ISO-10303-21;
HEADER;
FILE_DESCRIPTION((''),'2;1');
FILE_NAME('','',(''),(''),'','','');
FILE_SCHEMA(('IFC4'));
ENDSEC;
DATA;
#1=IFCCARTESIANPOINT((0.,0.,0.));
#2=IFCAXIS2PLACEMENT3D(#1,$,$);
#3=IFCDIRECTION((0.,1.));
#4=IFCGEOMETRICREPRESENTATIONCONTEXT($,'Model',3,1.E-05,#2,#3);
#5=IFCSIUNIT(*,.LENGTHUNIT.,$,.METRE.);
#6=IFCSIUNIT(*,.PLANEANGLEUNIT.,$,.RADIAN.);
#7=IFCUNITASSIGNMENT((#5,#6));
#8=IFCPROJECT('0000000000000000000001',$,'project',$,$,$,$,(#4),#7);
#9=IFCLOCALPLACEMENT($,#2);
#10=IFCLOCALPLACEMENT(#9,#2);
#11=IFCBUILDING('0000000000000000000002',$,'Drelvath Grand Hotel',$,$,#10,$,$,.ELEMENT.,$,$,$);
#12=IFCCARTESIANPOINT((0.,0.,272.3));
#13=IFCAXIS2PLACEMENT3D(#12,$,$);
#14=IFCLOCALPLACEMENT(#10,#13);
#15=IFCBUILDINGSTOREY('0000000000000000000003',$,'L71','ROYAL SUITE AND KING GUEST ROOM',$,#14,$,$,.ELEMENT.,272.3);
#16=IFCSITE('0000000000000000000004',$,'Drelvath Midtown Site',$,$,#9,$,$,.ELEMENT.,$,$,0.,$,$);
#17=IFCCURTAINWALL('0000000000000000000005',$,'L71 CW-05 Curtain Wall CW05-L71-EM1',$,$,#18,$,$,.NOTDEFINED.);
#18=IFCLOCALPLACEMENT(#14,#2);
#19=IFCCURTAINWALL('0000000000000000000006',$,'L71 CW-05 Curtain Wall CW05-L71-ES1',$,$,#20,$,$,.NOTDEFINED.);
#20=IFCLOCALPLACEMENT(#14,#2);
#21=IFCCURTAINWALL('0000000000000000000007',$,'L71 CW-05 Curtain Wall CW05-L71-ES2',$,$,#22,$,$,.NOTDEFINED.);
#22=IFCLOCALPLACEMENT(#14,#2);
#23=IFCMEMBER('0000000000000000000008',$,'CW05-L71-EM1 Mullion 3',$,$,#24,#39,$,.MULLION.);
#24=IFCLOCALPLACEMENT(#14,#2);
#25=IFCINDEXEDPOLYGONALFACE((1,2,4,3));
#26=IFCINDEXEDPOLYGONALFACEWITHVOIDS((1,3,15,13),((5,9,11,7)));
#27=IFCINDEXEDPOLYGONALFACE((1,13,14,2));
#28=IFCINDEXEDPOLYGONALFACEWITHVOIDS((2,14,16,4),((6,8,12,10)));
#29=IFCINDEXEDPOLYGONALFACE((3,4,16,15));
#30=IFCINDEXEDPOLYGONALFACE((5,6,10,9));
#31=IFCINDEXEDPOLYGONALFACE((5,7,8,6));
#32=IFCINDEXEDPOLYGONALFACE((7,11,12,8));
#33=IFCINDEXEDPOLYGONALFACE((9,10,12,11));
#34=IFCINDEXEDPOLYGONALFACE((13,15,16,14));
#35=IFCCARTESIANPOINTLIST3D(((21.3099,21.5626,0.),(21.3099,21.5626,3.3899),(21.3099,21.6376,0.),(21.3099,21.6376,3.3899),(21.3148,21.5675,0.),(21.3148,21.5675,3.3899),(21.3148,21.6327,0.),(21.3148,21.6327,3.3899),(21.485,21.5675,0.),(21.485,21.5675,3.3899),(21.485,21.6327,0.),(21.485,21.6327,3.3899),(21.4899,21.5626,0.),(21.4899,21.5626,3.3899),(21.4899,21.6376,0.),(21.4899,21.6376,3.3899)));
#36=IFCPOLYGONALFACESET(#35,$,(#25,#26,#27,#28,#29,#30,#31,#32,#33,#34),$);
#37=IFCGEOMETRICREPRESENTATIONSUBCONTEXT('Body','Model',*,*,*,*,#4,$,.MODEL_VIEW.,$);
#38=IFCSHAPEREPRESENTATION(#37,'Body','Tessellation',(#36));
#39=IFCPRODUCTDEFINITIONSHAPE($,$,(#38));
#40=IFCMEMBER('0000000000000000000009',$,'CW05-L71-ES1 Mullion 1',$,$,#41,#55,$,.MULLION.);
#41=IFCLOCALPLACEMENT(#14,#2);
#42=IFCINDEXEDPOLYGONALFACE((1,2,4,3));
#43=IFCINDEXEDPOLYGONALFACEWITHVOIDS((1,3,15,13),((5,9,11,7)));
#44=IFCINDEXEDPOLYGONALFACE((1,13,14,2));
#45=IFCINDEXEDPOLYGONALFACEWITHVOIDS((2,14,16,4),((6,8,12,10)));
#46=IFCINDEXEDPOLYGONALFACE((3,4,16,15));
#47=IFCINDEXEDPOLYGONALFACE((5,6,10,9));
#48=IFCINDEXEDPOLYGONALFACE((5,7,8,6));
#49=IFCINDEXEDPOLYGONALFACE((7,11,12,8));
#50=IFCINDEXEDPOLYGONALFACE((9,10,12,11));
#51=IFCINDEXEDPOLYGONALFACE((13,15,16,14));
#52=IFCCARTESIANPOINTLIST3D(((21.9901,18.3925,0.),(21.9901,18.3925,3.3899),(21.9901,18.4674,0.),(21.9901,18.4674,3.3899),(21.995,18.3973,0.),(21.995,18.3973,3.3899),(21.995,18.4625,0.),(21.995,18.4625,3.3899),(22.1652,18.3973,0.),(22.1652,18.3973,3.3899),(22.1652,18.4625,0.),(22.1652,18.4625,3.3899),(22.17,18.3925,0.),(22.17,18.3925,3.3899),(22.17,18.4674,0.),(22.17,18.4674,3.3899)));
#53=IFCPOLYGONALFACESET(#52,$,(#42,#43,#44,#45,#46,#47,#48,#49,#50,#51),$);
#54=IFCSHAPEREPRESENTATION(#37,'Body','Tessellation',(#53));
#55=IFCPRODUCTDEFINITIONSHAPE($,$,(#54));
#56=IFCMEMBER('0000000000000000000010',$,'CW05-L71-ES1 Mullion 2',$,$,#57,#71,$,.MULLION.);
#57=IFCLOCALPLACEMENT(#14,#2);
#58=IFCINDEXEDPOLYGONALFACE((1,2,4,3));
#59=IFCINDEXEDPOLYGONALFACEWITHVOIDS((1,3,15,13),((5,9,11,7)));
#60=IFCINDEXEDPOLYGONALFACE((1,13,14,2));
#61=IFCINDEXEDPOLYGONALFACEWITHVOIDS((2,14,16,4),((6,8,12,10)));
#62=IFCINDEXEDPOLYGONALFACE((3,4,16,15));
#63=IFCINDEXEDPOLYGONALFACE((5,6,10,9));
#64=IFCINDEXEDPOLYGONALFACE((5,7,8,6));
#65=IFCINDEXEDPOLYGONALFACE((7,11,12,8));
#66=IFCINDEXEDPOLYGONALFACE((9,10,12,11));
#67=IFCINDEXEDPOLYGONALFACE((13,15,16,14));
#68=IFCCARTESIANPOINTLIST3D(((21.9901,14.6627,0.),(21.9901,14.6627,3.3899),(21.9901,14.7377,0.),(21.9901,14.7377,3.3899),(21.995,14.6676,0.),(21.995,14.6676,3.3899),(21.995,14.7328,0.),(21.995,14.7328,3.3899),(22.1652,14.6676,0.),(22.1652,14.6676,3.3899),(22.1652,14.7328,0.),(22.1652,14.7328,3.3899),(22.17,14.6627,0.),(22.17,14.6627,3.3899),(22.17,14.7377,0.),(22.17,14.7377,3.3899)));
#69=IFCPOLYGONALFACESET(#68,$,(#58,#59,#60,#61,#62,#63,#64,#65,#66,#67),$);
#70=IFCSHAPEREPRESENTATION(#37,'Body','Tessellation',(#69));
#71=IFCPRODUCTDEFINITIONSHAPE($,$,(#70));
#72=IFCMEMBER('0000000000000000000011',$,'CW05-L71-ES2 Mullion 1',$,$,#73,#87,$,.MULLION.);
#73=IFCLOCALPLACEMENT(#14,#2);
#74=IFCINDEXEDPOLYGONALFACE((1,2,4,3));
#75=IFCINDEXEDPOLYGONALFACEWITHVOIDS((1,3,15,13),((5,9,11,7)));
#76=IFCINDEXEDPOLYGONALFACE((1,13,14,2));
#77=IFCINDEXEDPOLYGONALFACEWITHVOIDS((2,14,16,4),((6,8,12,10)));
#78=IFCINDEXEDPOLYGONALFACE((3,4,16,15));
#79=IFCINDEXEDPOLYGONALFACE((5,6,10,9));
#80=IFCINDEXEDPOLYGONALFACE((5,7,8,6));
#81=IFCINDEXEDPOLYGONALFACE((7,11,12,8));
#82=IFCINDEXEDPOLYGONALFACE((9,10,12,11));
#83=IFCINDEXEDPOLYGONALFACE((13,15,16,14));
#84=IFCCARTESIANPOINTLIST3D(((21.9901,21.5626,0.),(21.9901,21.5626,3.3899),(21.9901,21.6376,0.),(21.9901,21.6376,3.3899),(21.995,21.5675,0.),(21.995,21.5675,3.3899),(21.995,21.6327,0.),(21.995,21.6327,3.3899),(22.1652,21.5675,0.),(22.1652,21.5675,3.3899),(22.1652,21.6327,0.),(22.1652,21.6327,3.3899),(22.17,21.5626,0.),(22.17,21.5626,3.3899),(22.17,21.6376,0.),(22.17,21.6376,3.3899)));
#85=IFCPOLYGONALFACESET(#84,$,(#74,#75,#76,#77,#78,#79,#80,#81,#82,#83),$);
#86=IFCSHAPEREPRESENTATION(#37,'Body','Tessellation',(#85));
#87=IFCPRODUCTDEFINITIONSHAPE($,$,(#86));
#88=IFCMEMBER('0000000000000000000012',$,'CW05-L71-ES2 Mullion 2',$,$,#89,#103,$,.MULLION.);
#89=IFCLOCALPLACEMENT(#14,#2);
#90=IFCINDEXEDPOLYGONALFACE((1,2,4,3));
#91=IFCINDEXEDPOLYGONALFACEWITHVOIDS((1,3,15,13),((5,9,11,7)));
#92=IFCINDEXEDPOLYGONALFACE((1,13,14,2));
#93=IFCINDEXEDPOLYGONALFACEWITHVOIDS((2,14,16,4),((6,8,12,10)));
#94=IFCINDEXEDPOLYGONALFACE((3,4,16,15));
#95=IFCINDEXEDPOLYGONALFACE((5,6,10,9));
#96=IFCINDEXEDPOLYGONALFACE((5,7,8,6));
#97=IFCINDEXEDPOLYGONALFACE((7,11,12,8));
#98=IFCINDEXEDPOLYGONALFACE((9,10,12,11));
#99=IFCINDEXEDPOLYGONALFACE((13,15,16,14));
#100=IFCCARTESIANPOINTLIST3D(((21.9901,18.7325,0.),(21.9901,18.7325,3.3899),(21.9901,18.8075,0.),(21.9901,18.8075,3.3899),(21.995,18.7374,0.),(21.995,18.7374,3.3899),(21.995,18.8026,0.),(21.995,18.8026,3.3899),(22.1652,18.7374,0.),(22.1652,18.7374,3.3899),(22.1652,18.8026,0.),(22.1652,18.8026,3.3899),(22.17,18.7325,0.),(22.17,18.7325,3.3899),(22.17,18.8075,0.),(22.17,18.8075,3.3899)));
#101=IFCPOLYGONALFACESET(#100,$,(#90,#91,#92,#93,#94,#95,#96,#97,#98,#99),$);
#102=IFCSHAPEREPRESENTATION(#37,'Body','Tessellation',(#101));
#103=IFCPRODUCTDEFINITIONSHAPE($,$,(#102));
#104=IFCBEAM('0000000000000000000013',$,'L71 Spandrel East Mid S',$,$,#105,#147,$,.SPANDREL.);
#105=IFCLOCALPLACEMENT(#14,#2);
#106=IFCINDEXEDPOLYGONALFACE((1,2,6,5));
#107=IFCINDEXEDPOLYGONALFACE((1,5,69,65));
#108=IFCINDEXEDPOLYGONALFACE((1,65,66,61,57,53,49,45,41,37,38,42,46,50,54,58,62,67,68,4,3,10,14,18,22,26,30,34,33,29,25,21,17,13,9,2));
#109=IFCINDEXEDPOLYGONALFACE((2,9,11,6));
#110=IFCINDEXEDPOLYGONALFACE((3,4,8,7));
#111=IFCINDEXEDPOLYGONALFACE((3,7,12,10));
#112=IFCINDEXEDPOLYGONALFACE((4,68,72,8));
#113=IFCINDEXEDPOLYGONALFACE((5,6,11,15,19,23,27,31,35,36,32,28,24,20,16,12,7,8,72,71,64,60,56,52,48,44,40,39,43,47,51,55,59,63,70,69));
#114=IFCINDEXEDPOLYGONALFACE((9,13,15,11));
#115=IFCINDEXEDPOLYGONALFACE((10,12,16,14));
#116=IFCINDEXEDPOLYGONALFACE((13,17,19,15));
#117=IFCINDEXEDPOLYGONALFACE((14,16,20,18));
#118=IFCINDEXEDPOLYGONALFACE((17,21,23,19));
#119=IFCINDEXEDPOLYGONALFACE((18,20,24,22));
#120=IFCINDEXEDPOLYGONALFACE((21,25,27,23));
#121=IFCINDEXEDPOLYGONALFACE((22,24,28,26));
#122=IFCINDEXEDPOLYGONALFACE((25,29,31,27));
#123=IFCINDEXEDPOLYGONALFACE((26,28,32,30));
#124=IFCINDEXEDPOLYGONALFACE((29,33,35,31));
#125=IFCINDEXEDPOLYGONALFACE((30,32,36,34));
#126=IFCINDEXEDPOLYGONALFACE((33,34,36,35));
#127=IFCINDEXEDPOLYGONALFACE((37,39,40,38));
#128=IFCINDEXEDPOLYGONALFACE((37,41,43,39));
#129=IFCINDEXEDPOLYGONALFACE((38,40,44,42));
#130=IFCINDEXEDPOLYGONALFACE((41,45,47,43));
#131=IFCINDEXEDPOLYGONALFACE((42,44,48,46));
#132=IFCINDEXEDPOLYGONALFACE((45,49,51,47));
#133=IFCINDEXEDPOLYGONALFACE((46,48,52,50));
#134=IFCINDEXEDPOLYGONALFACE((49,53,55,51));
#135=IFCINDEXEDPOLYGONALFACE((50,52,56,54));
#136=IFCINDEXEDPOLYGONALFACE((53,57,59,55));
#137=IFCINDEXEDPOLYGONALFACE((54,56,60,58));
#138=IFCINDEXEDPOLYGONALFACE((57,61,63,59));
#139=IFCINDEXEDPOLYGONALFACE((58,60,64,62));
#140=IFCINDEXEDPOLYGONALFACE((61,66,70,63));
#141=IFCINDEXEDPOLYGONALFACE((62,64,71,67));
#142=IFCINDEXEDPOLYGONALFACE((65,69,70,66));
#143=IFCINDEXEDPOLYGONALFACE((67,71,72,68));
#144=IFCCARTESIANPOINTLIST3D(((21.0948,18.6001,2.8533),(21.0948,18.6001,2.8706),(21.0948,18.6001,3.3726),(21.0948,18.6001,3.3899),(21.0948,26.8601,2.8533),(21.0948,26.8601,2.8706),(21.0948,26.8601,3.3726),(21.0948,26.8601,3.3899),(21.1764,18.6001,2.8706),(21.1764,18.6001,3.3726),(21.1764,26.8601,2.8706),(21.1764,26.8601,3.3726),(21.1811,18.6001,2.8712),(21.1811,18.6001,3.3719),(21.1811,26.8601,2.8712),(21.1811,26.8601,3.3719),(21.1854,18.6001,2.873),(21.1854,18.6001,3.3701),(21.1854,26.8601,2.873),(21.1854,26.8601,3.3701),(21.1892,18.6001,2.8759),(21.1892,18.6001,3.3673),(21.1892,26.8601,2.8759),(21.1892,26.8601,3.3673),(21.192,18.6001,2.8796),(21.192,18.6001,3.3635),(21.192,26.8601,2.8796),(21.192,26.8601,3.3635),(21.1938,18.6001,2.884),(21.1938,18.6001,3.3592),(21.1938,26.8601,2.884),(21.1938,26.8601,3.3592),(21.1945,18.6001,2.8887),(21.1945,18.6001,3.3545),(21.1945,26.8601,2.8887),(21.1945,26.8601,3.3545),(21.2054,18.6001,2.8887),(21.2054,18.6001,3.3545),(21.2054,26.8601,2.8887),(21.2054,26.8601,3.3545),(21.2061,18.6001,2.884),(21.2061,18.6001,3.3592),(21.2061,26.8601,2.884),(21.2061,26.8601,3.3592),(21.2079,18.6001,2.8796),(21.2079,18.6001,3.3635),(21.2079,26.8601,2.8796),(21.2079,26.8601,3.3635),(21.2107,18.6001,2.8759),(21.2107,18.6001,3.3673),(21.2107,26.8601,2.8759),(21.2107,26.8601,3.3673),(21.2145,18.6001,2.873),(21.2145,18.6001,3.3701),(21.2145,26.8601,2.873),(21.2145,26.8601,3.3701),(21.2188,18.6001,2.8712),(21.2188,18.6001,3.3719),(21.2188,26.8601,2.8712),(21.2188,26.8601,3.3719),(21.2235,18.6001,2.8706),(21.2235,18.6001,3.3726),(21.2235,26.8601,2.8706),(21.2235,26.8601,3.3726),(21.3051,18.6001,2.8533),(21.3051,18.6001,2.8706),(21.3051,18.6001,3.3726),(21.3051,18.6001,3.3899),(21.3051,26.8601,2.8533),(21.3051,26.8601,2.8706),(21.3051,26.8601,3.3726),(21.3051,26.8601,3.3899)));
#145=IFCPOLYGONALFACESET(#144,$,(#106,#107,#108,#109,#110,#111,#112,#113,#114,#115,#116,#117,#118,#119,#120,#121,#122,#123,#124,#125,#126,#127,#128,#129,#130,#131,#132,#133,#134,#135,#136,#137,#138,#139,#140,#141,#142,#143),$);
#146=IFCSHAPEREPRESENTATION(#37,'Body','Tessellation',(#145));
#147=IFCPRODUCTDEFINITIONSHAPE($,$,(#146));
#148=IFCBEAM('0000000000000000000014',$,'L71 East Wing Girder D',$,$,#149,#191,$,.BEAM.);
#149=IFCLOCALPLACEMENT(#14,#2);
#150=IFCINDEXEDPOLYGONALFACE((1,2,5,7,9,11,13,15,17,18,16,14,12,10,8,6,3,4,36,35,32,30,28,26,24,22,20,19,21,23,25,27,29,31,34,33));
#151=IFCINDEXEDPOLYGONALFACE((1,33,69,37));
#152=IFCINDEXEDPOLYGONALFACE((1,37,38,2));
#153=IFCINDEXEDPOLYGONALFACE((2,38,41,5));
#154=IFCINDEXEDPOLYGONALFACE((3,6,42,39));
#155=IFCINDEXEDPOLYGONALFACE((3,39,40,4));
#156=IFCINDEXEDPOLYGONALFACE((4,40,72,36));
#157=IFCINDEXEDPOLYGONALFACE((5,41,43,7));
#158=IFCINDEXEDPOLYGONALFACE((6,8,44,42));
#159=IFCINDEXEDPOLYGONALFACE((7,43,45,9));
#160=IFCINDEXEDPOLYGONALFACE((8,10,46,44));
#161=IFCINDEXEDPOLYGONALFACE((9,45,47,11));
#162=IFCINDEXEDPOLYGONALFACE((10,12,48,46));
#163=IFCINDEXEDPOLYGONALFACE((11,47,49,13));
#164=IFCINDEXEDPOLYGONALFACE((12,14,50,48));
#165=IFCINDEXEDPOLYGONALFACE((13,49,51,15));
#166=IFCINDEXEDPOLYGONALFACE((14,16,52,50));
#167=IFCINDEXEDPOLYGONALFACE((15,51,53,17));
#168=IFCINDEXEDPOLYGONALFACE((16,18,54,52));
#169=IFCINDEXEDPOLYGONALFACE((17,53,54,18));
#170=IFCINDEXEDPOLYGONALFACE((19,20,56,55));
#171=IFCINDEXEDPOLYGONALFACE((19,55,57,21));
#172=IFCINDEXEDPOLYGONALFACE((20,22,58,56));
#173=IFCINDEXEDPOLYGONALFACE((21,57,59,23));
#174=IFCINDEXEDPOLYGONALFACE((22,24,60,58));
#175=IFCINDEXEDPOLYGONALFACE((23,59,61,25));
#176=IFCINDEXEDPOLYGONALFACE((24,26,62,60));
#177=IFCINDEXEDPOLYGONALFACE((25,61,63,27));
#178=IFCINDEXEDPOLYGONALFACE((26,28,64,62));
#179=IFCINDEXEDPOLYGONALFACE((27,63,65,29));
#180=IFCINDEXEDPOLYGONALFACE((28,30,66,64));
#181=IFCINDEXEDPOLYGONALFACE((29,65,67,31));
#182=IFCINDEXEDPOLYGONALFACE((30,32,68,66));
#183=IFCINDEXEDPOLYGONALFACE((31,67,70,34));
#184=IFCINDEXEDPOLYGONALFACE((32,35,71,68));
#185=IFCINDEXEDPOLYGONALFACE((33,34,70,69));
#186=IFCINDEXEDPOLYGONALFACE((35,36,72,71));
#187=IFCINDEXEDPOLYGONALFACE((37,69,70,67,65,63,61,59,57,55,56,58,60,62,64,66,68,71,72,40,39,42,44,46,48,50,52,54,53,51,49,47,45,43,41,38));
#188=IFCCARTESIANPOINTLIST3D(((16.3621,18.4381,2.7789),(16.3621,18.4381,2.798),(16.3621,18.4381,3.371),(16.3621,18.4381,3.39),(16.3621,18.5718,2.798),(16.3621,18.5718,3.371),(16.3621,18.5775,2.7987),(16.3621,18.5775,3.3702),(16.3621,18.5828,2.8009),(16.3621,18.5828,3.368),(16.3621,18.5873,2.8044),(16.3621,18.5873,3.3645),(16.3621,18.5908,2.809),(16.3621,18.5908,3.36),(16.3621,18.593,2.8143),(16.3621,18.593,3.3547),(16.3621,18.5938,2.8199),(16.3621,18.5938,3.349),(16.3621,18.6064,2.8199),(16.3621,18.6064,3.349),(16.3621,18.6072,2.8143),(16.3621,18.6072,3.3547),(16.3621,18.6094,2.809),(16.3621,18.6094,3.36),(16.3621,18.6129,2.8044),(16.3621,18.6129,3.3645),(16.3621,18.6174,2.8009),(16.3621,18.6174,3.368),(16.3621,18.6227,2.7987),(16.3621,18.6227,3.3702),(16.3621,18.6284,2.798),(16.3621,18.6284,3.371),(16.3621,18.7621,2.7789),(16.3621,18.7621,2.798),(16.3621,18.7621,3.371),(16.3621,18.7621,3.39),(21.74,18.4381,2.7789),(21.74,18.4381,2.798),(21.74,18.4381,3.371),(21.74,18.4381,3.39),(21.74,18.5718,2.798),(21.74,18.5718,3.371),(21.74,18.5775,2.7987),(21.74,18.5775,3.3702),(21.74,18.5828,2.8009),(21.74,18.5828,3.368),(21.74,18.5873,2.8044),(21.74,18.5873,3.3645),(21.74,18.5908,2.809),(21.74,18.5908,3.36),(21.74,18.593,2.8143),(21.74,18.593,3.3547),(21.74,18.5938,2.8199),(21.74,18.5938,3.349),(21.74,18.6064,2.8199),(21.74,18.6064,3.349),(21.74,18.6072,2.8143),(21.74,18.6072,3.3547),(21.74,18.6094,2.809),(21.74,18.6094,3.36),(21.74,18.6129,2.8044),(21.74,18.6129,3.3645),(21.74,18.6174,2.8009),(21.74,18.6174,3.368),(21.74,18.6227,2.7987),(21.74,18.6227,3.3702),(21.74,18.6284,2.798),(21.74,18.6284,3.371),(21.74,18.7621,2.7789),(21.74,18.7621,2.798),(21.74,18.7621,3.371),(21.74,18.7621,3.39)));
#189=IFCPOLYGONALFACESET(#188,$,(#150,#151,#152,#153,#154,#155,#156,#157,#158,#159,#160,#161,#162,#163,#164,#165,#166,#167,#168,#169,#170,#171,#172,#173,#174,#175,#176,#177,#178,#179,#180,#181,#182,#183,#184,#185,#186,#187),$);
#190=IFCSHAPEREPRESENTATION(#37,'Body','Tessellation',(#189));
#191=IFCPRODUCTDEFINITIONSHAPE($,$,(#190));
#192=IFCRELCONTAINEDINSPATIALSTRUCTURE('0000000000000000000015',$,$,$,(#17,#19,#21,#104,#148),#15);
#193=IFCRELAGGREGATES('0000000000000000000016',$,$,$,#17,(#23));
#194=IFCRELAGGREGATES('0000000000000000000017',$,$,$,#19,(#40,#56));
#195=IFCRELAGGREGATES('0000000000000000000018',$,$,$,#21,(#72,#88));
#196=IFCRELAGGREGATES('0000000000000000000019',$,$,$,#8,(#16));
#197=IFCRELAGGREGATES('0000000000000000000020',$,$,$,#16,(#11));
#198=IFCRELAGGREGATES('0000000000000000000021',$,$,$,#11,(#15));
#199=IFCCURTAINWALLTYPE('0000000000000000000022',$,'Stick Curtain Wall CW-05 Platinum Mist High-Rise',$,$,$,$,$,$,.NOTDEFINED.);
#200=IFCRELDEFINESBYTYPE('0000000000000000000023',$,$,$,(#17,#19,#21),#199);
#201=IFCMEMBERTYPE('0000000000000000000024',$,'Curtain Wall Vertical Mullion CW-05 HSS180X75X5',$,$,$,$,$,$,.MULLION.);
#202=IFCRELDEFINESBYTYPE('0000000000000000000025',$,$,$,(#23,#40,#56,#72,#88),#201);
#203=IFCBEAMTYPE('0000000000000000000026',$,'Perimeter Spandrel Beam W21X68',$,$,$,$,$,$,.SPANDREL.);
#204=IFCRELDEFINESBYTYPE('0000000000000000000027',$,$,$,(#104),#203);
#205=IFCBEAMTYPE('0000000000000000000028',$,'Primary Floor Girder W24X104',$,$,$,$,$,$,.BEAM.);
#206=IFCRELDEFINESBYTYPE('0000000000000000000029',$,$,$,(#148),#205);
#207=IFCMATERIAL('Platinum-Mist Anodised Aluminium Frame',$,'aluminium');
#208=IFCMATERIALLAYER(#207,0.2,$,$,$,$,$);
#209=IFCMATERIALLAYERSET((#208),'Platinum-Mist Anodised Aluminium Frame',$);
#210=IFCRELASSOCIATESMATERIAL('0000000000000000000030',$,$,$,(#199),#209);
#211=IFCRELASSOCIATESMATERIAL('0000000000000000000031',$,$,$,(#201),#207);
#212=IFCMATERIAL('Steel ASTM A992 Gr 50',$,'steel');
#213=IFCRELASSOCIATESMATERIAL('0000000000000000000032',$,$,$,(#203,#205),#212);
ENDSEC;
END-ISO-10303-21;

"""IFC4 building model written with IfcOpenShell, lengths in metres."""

from ifc_helpers import new_model, si_unit, direction, frame, origin, origin_2d, place, context, subcontext, project, spatial, hollow_rectangle, i_section, extrude, material, layer, layer_set, material_profile, profile_set, type_object, element, aggregate, save


model = new_model("IFC4")

# Units and contexts
model_context = context("Model", 3, precision=1e-05, world=origin(), true_north=direction((0.0, 1.0)))
body_context = subcontext(model_context, "Body", "Model", "MODEL_VIEW")
ifc_project = project(units=[si_unit("LENGTHUNIT", "METRE"), si_unit("PLANEANGLEUNIT", "RADIAN")], contexts=[model_context])

# Site, building, storey
site_placement = place(None, origin())
site = spatial("IfcSite", under=ifc_project, at=site_placement, Name="Drelvath Midtown Site", CompositionType="ELEMENT", RefElevation=0.0)
building_placement = place(site_placement, origin())
building = spatial("IfcBuilding", under=site, at=building_placement, Name="Drelvath Grand Hotel", CompositionType="ELEMENT")
storey_placement = place(building_placement, frame((0.0, 0.0, 272.3)))
storey = spatial("IfcBuildingStorey", under=building, at=storey_placement, Name="L71", Description="ROYAL SUITE AND KING GUEST ROOM", CompositionType="ELEMENT", Elevation=272.3)

# Curtain walls
ifc_material_1 = material(Name="Platinum-Mist Anodised Aluminium Frame", Category="aluminium")
ifc_layer_1 = layer(ifc_material_1, 0.2)
ifc_layer_set_1 = layer_set([ifc_layer_1], Name="Platinum-Mist Anodised Aluminium Frame")
curtain_wall_type = type_object("IfcCurtainWallType", Name="Stick Curtain Wall CW-05 Platinum Mist High-Rise", PredefinedType="NOTDEFINED", material=ifc_layer_set_1)
curtain_wall_1_placement = place(storey_placement, origin())
curtain_wall_1 = element("IfcCurtainWall", 1, at=curtain_wall_1_placement, inside=storey, type_object=curtain_wall_type, Name="L71 CW-05 Curtain Wall CW05-L71-EM1", PredefinedType="NOTDEFINED")
curtain_wall_2_placement = place(storey_placement, origin())
curtain_wall_2 = element("IfcCurtainWall", 2, at=curtain_wall_2_placement, inside=storey, type_object=curtain_wall_type, Name="L71 CW-05 Curtain Wall CW05-L71-ES1", PredefinedType="NOTDEFINED")
curtain_wall_3_placement = place(storey_placement, origin())
curtain_wall_3 = element("IfcCurtainWall", 3, at=curtain_wall_3_placement, inside=storey, type_object=curtain_wall_type, Name="L71 CW-05 Curtain Wall CW05-L71-ES2", PredefinedType="NOTDEFINED")

# Members
ifc_material_profile_1 = material_profile(ifc_material_1, hollow_rectangle(XDim=0.075, YDim=0.1799, WallThickness=0.0049, at=origin_2d()), Name="HSS180X75X5")
ifc_profile_set_1 = profile_set([ifc_material_profile_1], Name="Platinum-Mist Anodised Aluminium Frame")
member_type_1 = type_object("IfcMemberType", Name="Curtain Wall Vertical Mullion CW-05 HSS180X75X5", PredefinedType="MULLION", material=ifc_profile_set_1)
member_1_placement = place(storey_placement, frame((21.3999, 21.6001, 0.0), z_axis=(0.0, 0.0, 1.0), x_axis=(0.0, 1.0, 0.0)))
member_1 = element("IfcMember", 4, at=member_1_placement, type_object=member_type_1, Name="CW05-L71-EM1 Mullion 3", PredefinedType="MULLION", context=body_context, shape_type="SweptSolid", body=[
    extrude(hollow_rectangle(XDim=0.075, YDim=0.1799, WallThickness=0.0049, at=origin_2d()), origin(), (0.0, 0.0, 1.0), 3.3899),
])
member_2_placement = place(storey_placement, frame((22.0801, 18.4299, 0.0), z_axis=(0.0, 0.0, 1.0), x_axis=(0.0, 1.0, 0.0)))
member_2 = element("IfcMember", 5, at=member_2_placement, type_object=member_type_1, Name="CW05-L71-ES1 Mullion 1", PredefinedType="MULLION", context=body_context, shape_type="SweptSolid", body=[
    extrude(hollow_rectangle(XDim=0.075, YDim=0.1799, WallThickness=0.0049, at=origin_2d()), origin(), (0.0, 0.0, 1.0), 3.3899),
])
member_3_placement = place(storey_placement, frame((22.0801, 14.7002, 0.0), z_axis=(0.0, 0.0, 1.0), x_axis=(0.0, 1.0, 0.0)))
member_3 = element("IfcMember", 6, at=member_3_placement, type_object=member_type_1, Name="CW05-L71-ES1 Mullion 2", PredefinedType="MULLION", context=body_context, shape_type="SweptSolid", body=[
    extrude(hollow_rectangle(XDim=0.075, YDim=0.1799, WallThickness=0.0049, at=origin_2d()), origin(), (0.0, 0.0, 1.0), 3.3899),
])
member_4_placement = place(storey_placement, frame((22.0801, 21.6001, 0.0), z_axis=(0.0, 0.0, 1.0), x_axis=(0.0, 1.0, 0.0)))
member_4 = element("IfcMember", 7, at=member_4_placement, type_object=member_type_1, Name="CW05-L71-ES2 Mullion 1", PredefinedType="MULLION", context=body_context, shape_type="SweptSolid", body=[
    extrude(hollow_rectangle(XDim=0.075, YDim=0.1799, WallThickness=0.0049, at=origin_2d()), origin(), (0.0, 0.0, 1.0), 3.3899),
])
member_5_placement = place(storey_placement, frame((22.0801, 18.77, 0.0), z_axis=(0.0, 0.0, 1.0), x_axis=(0.0, 1.0, 0.0)))
member_5 = element("IfcMember", 8, at=member_5_placement, type_object=member_type_1, Name="CW05-L71-ES2 Mullion 2", PredefinedType="MULLION", context=body_context, shape_type="SweptSolid", body=[
    extrude(hollow_rectangle(XDim=0.075, YDim=0.1799, WallThickness=0.0049, at=origin_2d()), origin(), (0.0, 0.0, 1.0), 3.3899),
])

# Beams
ifc_material_2 = material(Name="Steel ASTM A992 Gr 50", Category="steel")
ifc_material_profile_2 = material_profile(ifc_material_2, i_section(OverallWidth=0.2102, OverallDepth=0.5366, WebThickness=0.011, FlangeThickness=0.0173, FilletRadius=0.0181, at=origin_2d()), Name="W21X68")
ifc_profile_set_2 = profile_set([ifc_material_profile_2], Name="Steel ASTM A992 Gr 50")
beam_type_1 = type_object("IfcBeamType", Name="Perimeter Spandrel Beam W21X68", PredefinedType="SPANDREL", material=ifc_profile_set_2)
beam_1_placement = place(storey_placement, frame((21.2, 18.6001, 3.1216), z_axis=(0.0, 1.0, 0.0), x_axis=(-1.0, 0.0, 0.0)))
element("IfcBeam", 9, at=beam_1_placement, inside=storey, type_object=beam_type_1, Name="L71 Spandrel East Mid S", PredefinedType="SPANDREL", context=body_context, shape_type="SweptSolid", body=[
    extrude(i_section(OverallWidth=0.2102, OverallDepth=0.5366, WebThickness=0.011, FlangeThickness=0.0173, FilletRadius=0.0181, at=origin_2d()), origin(), (0.0, 0.0, 1.0), 8.26),
])
ifc_material_profile_3 = material_profile(ifc_material_2, i_section(OverallWidth=0.324, OverallDepth=0.6111, WebThickness=0.0127, FlangeThickness=0.019, FilletRadius=0.022, at=origin_2d()), Name="W24X104")
ifc_profile_set_3 = profile_set([ifc_material_profile_3], Name="Steel ASTM A992 Gr 50")
beam_type_2 = type_object("IfcBeamType", Name="Primary Floor Girder W24X104", PredefinedType="BEAM", material=ifc_profile_set_3)
beam_2_placement = place(storey_placement, frame((16.3621, 18.6001, 3.0845), z_axis=(1.0, 0.0, 0.0), x_axis=(0.0, 1.0, 0.0)))
element("IfcBeam", 10, at=beam_2_placement, inside=storey, type_object=beam_type_2, Name="L71 East Wing Girder D", PredefinedType="BEAM", context=body_context, shape_type="SweptSolid", body=[
    extrude(i_section(OverallWidth=0.324, OverallDepth=0.6111, WebThickness=0.0127, FlangeThickness=0.019, FilletRadius=0.022, at=origin_2d()), origin(), (0.0, 0.0, 1.0), 5.3779),
])

aggregate(curtain_wall_1, [member_1])
aggregate(curtain_wall_2, [member_2, member_3])
aggregate(curtain_wall_3, [member_4, member_5])

save(model, "model.ifc")
